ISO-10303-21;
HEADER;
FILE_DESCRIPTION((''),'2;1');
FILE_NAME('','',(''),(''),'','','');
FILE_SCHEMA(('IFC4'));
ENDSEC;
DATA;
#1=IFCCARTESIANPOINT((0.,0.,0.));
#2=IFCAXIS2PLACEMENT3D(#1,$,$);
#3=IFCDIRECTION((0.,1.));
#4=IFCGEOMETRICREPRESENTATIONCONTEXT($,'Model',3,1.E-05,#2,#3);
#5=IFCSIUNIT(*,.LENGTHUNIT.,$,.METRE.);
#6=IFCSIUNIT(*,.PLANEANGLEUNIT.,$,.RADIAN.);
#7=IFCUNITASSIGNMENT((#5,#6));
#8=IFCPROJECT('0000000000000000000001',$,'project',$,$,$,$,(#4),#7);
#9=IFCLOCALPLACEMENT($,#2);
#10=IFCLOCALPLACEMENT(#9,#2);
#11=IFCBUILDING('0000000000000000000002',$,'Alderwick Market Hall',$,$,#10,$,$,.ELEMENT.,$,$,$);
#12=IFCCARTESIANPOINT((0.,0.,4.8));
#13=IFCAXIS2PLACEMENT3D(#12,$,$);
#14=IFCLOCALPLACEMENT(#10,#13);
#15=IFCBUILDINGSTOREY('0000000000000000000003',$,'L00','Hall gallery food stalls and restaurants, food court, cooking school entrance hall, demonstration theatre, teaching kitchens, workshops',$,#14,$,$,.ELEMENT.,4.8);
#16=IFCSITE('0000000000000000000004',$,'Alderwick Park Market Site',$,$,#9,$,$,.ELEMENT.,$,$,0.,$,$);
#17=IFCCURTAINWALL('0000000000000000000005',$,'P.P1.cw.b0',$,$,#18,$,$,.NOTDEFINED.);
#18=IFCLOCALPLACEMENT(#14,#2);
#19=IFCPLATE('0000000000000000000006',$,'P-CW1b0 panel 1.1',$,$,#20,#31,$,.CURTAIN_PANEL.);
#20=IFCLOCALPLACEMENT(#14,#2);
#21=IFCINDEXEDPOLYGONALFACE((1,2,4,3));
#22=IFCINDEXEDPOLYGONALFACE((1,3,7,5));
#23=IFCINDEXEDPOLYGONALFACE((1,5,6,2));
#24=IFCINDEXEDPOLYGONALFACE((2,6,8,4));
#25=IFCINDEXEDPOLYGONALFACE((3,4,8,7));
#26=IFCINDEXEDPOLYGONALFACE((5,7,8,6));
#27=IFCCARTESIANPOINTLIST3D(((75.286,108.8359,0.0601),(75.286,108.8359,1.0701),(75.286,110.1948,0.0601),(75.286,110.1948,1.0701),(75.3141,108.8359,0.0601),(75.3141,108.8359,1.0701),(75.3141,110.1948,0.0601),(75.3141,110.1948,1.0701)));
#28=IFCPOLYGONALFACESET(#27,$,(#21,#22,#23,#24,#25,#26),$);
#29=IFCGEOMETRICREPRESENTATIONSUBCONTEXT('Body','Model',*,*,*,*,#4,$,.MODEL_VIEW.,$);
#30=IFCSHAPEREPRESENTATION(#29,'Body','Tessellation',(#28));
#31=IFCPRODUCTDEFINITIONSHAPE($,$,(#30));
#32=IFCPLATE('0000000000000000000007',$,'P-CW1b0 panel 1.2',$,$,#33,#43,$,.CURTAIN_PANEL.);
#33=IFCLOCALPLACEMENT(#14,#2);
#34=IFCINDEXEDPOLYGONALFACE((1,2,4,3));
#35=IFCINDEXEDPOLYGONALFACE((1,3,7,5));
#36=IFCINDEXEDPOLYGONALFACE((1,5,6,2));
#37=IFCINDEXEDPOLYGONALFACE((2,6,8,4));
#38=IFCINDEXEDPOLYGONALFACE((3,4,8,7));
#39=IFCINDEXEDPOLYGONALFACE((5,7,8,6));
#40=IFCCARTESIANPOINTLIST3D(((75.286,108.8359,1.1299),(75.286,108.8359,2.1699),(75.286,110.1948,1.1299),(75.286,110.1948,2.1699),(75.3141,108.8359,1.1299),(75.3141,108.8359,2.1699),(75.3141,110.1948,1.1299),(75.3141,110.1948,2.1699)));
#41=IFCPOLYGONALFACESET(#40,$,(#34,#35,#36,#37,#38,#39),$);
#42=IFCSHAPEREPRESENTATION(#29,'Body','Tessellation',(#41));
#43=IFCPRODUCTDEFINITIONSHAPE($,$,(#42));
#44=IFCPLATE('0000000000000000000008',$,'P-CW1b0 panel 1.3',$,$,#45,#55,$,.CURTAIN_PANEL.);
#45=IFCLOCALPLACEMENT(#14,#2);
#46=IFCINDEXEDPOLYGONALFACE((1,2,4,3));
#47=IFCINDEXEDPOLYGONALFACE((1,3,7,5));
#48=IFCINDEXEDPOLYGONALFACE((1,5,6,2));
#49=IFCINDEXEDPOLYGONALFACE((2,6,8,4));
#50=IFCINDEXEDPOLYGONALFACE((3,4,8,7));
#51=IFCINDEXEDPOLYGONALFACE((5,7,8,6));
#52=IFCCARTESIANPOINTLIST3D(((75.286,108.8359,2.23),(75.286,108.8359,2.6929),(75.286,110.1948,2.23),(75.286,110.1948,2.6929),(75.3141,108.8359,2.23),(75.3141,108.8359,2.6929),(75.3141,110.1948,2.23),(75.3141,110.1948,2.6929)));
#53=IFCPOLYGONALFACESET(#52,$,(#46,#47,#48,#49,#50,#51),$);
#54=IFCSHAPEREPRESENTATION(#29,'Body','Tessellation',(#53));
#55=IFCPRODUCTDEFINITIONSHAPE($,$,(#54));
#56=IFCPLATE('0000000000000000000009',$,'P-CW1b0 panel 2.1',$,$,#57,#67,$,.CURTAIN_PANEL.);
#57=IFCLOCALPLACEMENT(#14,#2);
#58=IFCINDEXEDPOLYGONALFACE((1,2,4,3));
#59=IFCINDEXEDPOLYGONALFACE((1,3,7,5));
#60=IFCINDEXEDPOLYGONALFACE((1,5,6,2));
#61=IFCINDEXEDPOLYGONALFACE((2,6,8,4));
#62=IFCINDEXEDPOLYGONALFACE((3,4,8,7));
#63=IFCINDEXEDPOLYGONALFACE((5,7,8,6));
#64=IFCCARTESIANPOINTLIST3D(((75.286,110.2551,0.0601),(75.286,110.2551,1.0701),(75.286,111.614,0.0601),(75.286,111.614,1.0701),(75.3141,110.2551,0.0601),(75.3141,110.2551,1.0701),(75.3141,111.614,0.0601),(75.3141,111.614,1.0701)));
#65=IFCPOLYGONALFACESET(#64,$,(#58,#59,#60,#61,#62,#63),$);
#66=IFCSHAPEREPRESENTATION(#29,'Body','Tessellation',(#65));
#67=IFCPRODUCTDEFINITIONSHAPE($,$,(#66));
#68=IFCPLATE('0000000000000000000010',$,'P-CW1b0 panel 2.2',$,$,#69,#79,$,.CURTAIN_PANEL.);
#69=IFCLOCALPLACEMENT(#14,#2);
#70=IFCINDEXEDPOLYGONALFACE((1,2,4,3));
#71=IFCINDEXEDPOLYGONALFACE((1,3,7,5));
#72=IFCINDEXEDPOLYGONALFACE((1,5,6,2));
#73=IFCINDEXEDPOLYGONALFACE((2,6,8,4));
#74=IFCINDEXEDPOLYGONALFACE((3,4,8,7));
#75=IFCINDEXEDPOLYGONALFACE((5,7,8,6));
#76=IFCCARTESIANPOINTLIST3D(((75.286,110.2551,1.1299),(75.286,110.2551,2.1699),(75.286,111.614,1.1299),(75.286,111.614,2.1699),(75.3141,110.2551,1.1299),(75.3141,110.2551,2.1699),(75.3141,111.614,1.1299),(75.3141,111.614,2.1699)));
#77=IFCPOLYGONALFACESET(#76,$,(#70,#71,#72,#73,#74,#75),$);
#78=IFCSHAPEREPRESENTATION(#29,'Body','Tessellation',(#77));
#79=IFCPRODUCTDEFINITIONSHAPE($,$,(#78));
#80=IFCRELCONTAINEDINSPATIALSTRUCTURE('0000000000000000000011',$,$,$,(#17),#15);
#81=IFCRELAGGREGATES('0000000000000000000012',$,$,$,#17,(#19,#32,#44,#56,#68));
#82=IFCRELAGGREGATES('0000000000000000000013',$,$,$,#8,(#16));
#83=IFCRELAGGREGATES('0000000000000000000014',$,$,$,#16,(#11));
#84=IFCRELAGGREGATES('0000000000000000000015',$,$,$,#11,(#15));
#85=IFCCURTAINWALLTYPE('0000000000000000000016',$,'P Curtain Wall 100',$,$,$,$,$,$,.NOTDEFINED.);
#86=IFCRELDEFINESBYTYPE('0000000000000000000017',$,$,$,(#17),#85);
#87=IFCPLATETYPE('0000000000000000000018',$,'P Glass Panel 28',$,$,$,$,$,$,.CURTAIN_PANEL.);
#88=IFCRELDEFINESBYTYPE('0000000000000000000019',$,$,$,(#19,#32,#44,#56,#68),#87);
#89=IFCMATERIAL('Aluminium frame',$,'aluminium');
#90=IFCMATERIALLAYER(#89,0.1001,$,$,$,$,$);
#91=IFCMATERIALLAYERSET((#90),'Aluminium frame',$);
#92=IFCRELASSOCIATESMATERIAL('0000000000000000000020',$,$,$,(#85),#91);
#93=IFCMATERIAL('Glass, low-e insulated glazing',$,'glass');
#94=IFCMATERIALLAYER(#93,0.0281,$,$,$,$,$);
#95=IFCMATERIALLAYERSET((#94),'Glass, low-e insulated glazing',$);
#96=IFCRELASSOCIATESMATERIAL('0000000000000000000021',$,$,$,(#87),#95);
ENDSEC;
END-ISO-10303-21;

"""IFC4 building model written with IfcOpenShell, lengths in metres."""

from ifc_helpers import new_model, si_unit, direction, frame, origin, origin_2d, place, context, subcontext, project, spatial, rectangle, extrude, material, layer, layer_set, type_object, element, aggregate, save


model = new_model("IFC4")

# Units and contexts
model_context = context("Model", 3, precision=1e-05, world=origin(), true_north=direction((0.0, 1.0)))
body_context = subcontext(model_context, "Body", "Model", "MODEL_VIEW")
ifc_project = project(units=[si_unit("LENGTHUNIT", "METRE"), si_unit("PLANEANGLEUNIT", "RADIAN")], contexts=[model_context])

# Site, building, storey
site_placement = place(None, origin())
site = spatial("IfcSite", under=ifc_project, at=site_placement, Name="Alderwick Park Market Site", CompositionType="ELEMENT", RefElevation=0.0)
building_placement = place(site_placement, origin())
building = spatial("IfcBuilding", under=site, at=building_placement, Name="Alderwick Market Hall", CompositionType="ELEMENT")
storey_placement = place(building_placement, frame((0.0, 0.0, 4.8)))
storey = spatial("IfcBuildingStorey", under=building, at=storey_placement, Name="L00", Description="Hall gallery food stalls and restaurants, food court, cooking school entrance hall, demonstration theatre, teaching kitchens, workshops", CompositionType="ELEMENT", Elevation=4.8)

# Shared definitions
ifc_material_1 = material(Name="Aluminium frame", Category="aluminium")
ifc_layer_1 = layer(ifc_material_1, 0.1001)
ifc_layer_set_1 = layer_set([ifc_layer_1], Name="Aluminium frame")
curtain_wall_type = type_object("IfcCurtainWallType", Name="P Curtain Wall 100", PredefinedType="NOTDEFINED", material=ifc_layer_set_1)

# Curtain wall
curtain_wall_1_placement = place(storey_placement, origin())
curtain_wall_1 = element("IfcCurtainWall", 1, at=curtain_wall_1_placement, inside=storey, type_object=curtain_wall_type, Name="P.P1.cw.b0", PredefinedType="NOTDEFINED")

# Plates
ifc_material_2 = material(Name="Glass, low-e insulated glazing", Category="glass")
ifc_layer_2 = layer(ifc_material_2, 0.0281)
ifc_layer_set_2 = layer_set([ifc_layer_2], Name="Glass, low-e insulated glazing")
plate_type = type_object("IfcPlateType", Name="P Glass Panel 28", PredefinedType="CURTAIN_PANEL", material=ifc_layer_set_2)
plate_1_placement = place(storey_placement, frame((75.3, 109.5154, 0.0601), z_axis=(0.0, 0.0, 1.0), x_axis=(0.0, 1.0, 0.0)))
plate_1 = element("IfcPlate", 2, at=plate_1_placement, type_object=plate_type, Name="P-CW1b0 panel 1.1", PredefinedType="CURTAIN_PANEL", context=body_context, shape_type="SweptSolid", body=[
    extrude(rectangle(XDim=1.3589, YDim=0.0281, at=origin_2d()), origin(), (0.0, 0.0, 1.0), 1.01),
])
plate_2_placement = place(storey_placement, frame((75.3, 109.5154, 1.1299), z_axis=(0.0, 0.0, 1.0), x_axis=(0.0, 1.0, 0.0)))
plate_2 = element("IfcPlate", 3, at=plate_2_placement, type_object=plate_type, Name="P-CW1b0 panel 1.2", PredefinedType="CURTAIN_PANEL", context=body_context, shape_type="SweptSolid", body=[
    extrude(rectangle(XDim=1.3589, YDim=0.0281, at=origin_2d()), origin(), (0.0, 0.0, 1.0), 1.04),
])
plate_3_placement = place(storey_placement, frame((75.3, 109.5154, 2.23), z_axis=(0.0, 0.0, 1.0), x_axis=(0.0, 1.0, 0.0)))
plate_3 = element("IfcPlate", 4, at=plate_3_placement, type_object=plate_type, Name="P-CW1b0 panel 1.3", PredefinedType="CURTAIN_PANEL", context=body_context, shape_type="SweptSolid", body=[
    extrude(rectangle(XDim=1.3589, YDim=0.0281, at=origin_2d()), origin(), (0.0, 0.0, 1.0), 0.4629),
])
plate_4_placement = place(storey_placement, frame((75.3, 110.9346, 0.0601), z_axis=(0.0, 0.0, 1.0), x_axis=(0.0, 1.0, 0.0)))
plate_4 = element("IfcPlate", 5, at=plate_4_placement, type_object=plate_type, Name="P-CW1b0 panel 2.1", PredefinedType="CURTAIN_PANEL", context=body_context, shape_type="SweptSolid", body=[
    extrude(rectangle(XDim=1.3589, YDim=0.0281, at=origin_2d()), origin(), (0.0, 0.0, 1.0), 1.01),
])
plate_5_placement = place(storey_placement, frame((75.3, 110.9346, 1.1299), z_axis=(0.0, 0.0, 1.0), x_axis=(0.0, 1.0, 0.0)))
plate_5 = element("IfcPlate", 6, at=plate_5_placement, type_object=plate_type, Name="P-CW1b0 panel 2.2", PredefinedType="CURTAIN_PANEL", context=body_context, shape_type="SweptSolid", body=[
    extrude(rectangle(XDim=1.3589, YDim=0.0281, at=origin_2d()), origin(), (0.0, 0.0, 1.0), 1.04),
])
aggregate(curtain_wall_1, [plate_1, plate_2, plate_3, plate_4, plate_5])

save(model, "model.ifc")
